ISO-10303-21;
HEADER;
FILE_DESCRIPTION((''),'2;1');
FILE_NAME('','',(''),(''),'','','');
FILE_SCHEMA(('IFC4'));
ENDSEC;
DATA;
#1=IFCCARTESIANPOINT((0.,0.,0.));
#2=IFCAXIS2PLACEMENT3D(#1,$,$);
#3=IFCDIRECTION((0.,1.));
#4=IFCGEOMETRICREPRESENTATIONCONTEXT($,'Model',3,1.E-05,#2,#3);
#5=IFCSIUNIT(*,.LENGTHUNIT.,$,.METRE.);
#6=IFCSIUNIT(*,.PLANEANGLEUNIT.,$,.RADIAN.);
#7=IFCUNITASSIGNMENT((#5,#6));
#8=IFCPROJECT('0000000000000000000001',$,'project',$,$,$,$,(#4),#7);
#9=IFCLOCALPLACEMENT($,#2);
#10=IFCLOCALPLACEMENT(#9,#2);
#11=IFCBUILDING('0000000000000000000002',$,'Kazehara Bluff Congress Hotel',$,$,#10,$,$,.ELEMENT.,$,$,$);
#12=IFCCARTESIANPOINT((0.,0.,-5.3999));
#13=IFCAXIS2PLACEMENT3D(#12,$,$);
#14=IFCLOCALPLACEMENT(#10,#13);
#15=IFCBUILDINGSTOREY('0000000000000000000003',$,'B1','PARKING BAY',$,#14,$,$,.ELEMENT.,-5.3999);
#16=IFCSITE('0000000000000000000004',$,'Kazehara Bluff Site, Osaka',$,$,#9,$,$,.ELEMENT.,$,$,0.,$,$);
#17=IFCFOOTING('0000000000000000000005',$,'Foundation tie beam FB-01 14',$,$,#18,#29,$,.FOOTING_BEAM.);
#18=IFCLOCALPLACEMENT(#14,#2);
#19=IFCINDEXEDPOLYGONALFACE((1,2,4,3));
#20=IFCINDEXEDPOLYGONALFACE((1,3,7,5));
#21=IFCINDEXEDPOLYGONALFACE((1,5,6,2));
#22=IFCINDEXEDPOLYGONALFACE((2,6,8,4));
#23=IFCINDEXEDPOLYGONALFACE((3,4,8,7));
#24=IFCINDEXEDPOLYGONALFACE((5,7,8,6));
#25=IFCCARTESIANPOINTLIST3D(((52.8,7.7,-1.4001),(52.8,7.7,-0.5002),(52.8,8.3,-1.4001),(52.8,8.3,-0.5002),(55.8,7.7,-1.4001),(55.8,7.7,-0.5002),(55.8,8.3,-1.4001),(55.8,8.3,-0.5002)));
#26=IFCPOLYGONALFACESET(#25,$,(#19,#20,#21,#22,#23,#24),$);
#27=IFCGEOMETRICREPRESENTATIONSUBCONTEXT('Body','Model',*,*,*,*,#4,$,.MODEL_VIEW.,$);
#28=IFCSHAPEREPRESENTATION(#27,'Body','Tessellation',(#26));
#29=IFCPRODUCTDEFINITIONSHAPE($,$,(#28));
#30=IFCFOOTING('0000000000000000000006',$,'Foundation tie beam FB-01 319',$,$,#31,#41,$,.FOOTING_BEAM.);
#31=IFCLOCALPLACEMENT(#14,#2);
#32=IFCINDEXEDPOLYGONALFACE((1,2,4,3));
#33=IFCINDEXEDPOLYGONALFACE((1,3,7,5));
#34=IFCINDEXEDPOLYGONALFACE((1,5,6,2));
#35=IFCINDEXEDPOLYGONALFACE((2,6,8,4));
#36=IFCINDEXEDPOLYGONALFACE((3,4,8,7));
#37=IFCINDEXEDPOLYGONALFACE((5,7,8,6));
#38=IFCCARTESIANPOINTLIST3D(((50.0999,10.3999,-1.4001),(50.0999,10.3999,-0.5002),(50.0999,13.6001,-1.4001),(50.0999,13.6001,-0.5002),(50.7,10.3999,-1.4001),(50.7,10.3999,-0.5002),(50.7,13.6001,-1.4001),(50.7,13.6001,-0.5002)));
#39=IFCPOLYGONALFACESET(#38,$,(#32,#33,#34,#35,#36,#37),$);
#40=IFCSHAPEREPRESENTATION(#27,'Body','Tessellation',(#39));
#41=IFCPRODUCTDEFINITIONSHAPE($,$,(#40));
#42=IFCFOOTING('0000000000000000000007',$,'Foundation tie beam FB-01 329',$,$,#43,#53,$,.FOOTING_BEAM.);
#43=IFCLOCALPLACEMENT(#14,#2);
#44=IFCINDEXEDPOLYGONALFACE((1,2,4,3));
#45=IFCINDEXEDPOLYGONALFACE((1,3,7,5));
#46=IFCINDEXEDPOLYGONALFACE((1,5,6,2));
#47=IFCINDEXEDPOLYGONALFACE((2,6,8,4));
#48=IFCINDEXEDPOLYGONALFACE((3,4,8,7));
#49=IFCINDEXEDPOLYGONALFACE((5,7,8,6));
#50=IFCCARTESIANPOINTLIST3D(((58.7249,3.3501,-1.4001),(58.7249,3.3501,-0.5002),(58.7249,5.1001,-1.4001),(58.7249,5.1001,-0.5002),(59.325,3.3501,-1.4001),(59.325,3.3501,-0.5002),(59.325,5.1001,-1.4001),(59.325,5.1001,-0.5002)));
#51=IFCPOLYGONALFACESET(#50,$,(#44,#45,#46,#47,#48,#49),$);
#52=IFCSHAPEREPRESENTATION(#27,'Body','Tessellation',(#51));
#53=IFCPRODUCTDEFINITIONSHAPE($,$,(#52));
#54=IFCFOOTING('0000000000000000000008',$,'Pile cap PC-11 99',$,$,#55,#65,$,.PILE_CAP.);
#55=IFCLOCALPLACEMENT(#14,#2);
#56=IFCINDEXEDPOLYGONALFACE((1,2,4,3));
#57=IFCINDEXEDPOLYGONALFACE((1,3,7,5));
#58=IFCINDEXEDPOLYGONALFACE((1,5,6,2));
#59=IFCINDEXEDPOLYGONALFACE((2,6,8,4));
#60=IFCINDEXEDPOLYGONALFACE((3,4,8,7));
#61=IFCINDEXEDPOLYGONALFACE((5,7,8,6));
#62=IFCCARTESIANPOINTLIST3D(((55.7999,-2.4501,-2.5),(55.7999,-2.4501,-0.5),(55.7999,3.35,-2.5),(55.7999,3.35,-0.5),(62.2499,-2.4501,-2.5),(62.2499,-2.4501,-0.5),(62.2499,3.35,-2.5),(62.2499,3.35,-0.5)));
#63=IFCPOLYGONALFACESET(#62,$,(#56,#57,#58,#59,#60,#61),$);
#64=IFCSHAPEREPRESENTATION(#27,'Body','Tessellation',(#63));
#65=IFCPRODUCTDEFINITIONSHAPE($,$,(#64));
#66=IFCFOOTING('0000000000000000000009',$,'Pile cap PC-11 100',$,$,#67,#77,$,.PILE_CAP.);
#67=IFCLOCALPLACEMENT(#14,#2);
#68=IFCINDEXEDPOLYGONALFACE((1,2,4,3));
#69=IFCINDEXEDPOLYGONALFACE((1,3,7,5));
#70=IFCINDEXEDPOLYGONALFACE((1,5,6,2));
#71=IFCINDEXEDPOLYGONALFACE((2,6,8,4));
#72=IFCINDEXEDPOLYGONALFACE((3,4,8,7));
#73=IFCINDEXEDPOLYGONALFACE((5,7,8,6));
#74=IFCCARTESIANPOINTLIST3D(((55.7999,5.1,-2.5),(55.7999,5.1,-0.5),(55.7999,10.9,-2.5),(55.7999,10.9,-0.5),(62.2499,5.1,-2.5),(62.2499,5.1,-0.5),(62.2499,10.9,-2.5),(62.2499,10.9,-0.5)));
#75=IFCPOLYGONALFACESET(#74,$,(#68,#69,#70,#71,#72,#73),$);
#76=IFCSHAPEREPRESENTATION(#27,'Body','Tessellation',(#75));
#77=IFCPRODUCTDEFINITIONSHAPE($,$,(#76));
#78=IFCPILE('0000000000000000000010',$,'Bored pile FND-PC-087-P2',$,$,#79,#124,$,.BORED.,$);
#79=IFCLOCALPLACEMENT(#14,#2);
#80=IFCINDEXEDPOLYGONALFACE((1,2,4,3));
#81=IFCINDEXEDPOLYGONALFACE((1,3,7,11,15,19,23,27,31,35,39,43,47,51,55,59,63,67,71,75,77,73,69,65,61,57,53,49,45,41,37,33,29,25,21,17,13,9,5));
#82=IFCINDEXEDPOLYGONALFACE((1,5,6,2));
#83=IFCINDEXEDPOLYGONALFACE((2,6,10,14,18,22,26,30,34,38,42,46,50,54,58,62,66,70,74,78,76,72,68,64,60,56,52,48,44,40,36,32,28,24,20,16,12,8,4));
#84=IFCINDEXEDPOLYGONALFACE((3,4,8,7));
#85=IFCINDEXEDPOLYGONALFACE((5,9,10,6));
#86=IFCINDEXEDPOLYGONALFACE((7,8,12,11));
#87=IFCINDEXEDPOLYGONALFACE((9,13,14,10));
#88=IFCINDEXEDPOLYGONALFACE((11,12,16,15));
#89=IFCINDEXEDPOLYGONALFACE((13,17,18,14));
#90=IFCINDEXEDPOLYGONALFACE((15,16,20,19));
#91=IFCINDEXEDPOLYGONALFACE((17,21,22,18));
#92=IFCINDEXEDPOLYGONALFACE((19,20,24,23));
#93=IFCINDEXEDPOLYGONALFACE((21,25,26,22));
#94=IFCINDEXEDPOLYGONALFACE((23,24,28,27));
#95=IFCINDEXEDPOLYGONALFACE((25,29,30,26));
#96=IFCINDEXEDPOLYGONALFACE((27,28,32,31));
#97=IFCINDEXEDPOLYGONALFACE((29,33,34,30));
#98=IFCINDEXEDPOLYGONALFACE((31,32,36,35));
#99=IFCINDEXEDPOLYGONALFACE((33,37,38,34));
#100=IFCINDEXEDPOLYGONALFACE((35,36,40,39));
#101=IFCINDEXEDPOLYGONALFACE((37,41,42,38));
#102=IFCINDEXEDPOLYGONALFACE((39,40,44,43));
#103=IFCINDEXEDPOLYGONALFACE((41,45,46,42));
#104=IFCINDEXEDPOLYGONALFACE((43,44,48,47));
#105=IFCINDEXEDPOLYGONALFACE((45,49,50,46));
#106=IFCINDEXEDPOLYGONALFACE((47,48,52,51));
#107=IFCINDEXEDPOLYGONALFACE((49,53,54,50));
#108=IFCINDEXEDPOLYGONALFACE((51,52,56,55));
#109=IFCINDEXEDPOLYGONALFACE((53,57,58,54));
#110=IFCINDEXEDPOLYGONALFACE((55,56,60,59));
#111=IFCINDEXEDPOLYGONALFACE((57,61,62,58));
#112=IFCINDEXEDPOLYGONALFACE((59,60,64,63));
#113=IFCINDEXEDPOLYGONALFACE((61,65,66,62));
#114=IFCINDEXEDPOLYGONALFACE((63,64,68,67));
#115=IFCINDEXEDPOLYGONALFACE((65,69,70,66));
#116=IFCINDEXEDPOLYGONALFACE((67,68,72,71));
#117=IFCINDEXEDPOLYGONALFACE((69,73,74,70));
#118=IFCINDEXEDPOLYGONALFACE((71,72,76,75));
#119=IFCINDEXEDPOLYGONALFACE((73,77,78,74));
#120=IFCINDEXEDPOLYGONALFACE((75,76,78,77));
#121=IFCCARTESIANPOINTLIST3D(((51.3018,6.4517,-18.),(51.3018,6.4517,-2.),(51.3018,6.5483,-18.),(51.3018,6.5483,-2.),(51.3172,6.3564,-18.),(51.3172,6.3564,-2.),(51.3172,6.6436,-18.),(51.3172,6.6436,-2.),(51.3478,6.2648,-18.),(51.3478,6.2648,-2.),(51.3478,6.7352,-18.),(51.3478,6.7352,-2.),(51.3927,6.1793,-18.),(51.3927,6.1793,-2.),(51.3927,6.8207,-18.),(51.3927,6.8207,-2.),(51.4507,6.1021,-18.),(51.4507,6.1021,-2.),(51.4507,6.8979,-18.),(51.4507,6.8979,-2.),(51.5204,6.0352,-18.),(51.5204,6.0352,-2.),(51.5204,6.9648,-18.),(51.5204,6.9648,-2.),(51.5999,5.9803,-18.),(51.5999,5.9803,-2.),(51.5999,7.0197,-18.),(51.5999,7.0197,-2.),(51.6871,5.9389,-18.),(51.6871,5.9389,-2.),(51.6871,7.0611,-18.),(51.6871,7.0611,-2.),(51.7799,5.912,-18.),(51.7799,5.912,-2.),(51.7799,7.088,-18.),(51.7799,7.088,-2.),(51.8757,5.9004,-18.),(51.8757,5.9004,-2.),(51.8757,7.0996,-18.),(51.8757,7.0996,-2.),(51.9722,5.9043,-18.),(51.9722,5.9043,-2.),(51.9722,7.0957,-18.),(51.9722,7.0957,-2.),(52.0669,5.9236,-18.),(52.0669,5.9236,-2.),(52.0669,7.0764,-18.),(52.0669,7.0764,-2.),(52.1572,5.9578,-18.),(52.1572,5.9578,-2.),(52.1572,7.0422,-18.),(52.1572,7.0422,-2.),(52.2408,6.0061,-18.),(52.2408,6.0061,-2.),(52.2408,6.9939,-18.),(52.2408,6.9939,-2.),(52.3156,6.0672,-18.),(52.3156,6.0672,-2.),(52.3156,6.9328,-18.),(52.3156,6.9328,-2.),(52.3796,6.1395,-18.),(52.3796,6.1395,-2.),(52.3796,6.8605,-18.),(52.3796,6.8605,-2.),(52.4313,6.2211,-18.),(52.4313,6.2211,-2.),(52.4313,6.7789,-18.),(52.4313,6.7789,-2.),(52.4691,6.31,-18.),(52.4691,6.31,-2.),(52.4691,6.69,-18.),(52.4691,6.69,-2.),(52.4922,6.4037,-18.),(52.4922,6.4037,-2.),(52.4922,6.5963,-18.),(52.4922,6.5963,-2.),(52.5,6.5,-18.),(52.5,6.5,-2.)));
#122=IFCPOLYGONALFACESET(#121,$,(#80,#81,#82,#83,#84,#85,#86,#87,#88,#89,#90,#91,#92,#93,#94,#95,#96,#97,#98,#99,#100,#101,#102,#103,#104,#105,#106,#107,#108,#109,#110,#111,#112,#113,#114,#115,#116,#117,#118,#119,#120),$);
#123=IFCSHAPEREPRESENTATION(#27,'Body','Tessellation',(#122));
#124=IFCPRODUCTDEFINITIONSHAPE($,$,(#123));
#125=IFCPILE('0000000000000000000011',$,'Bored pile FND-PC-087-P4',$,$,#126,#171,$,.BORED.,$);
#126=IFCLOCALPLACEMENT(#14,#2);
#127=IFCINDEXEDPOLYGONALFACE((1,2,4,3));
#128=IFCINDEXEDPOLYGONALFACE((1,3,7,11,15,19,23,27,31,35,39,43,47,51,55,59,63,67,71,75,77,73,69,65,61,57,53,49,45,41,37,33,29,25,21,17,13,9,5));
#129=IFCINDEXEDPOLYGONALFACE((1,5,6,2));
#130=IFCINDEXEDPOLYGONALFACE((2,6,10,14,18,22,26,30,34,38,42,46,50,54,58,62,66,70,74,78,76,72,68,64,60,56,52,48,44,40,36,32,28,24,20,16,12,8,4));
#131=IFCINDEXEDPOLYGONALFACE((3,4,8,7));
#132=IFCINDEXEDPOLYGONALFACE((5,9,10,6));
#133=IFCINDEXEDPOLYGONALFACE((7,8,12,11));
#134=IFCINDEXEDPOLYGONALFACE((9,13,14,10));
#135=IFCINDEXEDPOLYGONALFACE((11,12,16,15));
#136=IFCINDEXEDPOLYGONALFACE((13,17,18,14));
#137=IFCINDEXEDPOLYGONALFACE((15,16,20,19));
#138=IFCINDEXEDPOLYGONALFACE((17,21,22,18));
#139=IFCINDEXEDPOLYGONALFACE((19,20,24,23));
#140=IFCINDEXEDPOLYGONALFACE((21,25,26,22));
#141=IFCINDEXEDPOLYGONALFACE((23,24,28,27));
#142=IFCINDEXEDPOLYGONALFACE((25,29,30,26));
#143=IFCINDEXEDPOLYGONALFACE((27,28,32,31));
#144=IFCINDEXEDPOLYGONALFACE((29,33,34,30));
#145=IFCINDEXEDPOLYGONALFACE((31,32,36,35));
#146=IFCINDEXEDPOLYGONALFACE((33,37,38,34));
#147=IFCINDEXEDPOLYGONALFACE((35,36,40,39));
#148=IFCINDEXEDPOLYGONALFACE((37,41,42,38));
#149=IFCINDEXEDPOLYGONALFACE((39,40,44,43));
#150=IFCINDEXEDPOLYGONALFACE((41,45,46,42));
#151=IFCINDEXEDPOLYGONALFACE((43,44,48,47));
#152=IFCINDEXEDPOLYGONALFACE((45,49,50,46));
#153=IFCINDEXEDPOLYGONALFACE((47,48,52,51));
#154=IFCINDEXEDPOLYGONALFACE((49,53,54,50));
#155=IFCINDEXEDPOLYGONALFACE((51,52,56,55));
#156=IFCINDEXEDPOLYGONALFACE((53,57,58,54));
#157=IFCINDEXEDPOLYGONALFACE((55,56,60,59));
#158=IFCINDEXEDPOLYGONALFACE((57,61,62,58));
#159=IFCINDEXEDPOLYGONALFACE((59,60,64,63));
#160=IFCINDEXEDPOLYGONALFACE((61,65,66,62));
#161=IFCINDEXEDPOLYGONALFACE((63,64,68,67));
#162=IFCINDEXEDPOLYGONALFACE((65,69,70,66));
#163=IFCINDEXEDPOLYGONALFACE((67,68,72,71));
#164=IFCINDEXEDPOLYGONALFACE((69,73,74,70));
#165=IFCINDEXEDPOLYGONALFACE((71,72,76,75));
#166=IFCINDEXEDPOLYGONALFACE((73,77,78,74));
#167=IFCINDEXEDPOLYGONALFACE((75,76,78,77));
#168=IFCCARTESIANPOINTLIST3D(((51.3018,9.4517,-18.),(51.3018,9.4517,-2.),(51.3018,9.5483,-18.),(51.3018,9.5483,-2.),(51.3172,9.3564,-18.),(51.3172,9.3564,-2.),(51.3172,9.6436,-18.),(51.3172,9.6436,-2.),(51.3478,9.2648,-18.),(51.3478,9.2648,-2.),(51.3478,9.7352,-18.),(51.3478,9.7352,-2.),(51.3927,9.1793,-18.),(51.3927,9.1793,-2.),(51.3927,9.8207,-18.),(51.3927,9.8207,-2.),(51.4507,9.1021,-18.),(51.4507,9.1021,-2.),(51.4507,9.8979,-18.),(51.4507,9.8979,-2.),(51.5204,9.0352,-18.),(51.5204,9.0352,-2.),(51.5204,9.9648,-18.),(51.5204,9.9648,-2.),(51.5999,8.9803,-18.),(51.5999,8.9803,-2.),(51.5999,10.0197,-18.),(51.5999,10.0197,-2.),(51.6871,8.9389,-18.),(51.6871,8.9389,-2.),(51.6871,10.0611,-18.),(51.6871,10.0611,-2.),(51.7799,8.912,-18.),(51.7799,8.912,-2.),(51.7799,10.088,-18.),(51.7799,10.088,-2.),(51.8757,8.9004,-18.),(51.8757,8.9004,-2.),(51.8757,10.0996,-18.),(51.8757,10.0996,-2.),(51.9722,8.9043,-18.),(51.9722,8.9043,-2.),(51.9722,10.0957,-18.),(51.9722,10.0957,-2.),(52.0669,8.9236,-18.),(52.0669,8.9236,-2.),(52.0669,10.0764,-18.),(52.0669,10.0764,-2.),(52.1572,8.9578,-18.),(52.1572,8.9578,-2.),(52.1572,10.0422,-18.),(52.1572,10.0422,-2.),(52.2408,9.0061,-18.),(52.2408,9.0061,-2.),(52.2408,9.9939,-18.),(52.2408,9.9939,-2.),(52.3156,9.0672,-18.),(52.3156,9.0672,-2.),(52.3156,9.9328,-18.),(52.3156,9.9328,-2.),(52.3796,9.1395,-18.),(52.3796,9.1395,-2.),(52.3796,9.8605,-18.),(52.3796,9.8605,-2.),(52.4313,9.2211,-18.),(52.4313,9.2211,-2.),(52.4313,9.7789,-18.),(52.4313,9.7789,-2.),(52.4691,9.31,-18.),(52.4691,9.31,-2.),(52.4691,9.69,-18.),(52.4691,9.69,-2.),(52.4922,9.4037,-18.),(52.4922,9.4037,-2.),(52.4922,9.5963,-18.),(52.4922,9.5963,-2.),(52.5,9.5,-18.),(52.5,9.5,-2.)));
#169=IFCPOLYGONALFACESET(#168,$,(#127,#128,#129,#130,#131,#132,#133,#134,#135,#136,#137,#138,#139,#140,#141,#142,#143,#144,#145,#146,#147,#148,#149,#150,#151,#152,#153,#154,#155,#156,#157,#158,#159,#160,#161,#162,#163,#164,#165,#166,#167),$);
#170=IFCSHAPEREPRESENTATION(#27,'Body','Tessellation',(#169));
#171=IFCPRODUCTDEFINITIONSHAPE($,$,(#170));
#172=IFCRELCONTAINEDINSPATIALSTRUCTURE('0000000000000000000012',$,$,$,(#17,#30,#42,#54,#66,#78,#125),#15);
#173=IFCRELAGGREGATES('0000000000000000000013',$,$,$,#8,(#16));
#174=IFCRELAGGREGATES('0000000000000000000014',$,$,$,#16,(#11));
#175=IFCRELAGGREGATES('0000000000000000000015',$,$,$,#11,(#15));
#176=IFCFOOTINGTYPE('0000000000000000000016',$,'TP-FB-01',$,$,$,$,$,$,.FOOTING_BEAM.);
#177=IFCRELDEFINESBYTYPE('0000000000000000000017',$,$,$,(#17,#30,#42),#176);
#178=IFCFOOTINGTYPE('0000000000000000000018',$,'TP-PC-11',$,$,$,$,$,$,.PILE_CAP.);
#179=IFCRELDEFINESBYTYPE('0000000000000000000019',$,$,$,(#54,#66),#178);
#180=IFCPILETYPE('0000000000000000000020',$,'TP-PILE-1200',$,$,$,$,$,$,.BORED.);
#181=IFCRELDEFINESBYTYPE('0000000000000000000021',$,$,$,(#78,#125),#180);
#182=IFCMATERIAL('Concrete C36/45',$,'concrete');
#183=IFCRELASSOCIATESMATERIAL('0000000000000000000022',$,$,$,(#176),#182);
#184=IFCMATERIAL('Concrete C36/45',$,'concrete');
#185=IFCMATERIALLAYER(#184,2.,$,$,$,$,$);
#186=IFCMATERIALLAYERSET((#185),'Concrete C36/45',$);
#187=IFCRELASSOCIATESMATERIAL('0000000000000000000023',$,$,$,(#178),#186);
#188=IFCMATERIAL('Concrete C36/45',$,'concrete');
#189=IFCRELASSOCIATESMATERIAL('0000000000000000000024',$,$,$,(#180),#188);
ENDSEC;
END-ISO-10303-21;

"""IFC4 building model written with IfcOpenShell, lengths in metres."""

from ifc_helpers import new_model, si_unit, direction, frame, origin, origin_2d, place, context, subcontext, project, spatial, rectangle, circle, extrude, material, layer, layer_set, material_profile, profile_set, type_object, element, save


model = new_model("IFC4")

# Units and contexts
model_context = context("Model", 3, precision=1e-05, world=origin(), true_north=direction((0.0, 1.0)))
body_context = subcontext(model_context, "Body", "Model", "MODEL_VIEW")
ifc_project = project(units=[si_unit("LENGTHUNIT", "METRE"), si_unit("PLANEANGLEUNIT", "RADIAN")], contexts=[model_context])

# Site, building, storey
site_placement = place(None, origin())
site = spatial("IfcSite", under=ifc_project, at=site_placement, Name="Kazehara Bluff Site, Osaka", CompositionType="ELEMENT", RefElevation=0.0)
building_placement = place(site_placement, origin())
building = spatial("IfcBuilding", under=site, at=building_placement, Name="Kazehara Bluff Congress Hotel", CompositionType="ELEMENT")
storey_placement = place(building_placement, frame((0.0, 0.0, -5.3999)))
storey = spatial("IfcBuildingStorey", under=building, at=storey_placement, Name="B1", Description="PARKING BAY", CompositionType="ELEMENT", Elevation=-5.3999)

# Footings
ifc_material_1 = material(Name="Concrete C36/45", Category="concrete")
ifc_material_profile_1 = material_profile(ifc_material_1, rectangle(XDim=0.6001, YDim=0.8999, at=origin_2d()))
ifc_profile_set_1 = profile_set([ifc_material_profile_1], Name="Concrete C36/45")
footing_type_1 = type_object("IfcFootingType", Name="TP-FB-01", PredefinedType="FOOTING_BEAM", material=ifc_profile_set_1)
footing_1_placement = place(storey_placement, frame((52.8, 8.0, -0.9502), z_axis=(1.0, 0.0, 0.0), x_axis=(0.0, 1.0, 0.0)))
element("IfcFooting", 1, at=footing_1_placement, inside=storey, type_object=footing_type_1, Name="Foundation tie beam FB-01 14", PredefinedType="FOOTING_BEAM", context=body_context, shape_type="SweptSolid", body=[
    extrude(rectangle(XDim=0.6001, YDim=0.8999, at=origin_2d()), origin(), (0.0, 0.0, 1.0), 3.0),
])
footing_2_placement = place(storey_placement, frame((50.3999, 10.3999, -0.9502), z_axis=(0.0, 1.0, 0.0), x_axis=(-1.0, 0.0, 0.0)))
element("IfcFooting", 2, at=footing_2_placement, inside=storey, type_object=footing_type_1, Name="Foundation tie beam FB-01 319", PredefinedType="FOOTING_BEAM", context=body_context, shape_type="SweptSolid", body=[
    extrude(rectangle(XDim=0.6001, YDim=0.8999, at=origin_2d()), origin(), (0.0, 0.0, 1.0), 3.2002),
])
footing_3_placement = place(storey_placement, frame((59.0249, 3.3501, -0.9502), z_axis=(0.0, 1.0, 0.0), x_axis=(-1.0, 0.0, 0.0)))
element("IfcFooting", 3, at=footing_3_placement, inside=storey, type_object=footing_type_1, Name="Foundation tie beam FB-01 329", PredefinedType="FOOTING_BEAM", context=body_context, shape_type="SweptSolid", body=[
    extrude(rectangle(XDim=0.6001, YDim=0.8999, at=origin_2d()), origin(), (0.0, 0.0, 1.0), 1.75),
])
ifc_material_2 = material(Name="Concrete C36/45", Category="concrete")
ifc_layer_1 = layer(ifc_material_2, 2.0)
ifc_layer_set_1 = layer_set([ifc_layer_1], Name="Concrete C36/45")
footing_type_2 = type_object("IfcFootingType", Name="TP-PC-11", PredefinedType="PILE_CAP", material=ifc_layer_set_1)
for number, where, z_axis, x_axis, name in (
    (4, (59.0249, 0.45, -2.5), (0.0, 0.0, 1.0), (1.0, 0.0, 0.0), "Pile cap PC-11 99"),
    (5, (59.0249, 8.0, -2.5), (0.0, 0.0, 1.0), (1.0, 0.0, 0.0), "Pile cap PC-11 100"),
):
    element("IfcFooting", number, at=place(storey_placement, frame(where, z_axis=z_axis, x_axis=x_axis)), inside=storey, type_object=footing_type_2, Name=name, PredefinedType="PILE_CAP", context=body_context, shape_type="SweptSolid", body=[
        extrude(rectangle(XDim=6.45, YDim=5.8, at=origin_2d()), origin(), (0.0, 0.0, 1.0), 2.0),
    ])

# Piles
ifc_material_3 = material(Name="Concrete C36/45", Category="concrete")
ifc_material_profile_2 = material_profile(ifc_material_3, circle(Radius=0.6001, at=origin_2d()))
ifc_profile_set_2 = profile_set([ifc_material_profile_2], Name="Concrete C36/45")
pile_type_1 = type_object("IfcPileType", Name="TP-PILE-1200", PredefinedType="BORED", material=ifc_profile_set_2)
for number, where, z_axis, x_axis, name in (
    (6, (51.8999, 6.5, -2.0), (0.0, 0.0, -1.0), (1.0, 0.0, 0.0), "Bored pile FND-PC-087-P2"),
    (7, (51.8999, 9.5, -2.0), (0.0, 0.0, -1.0), (1.0, 0.0, 0.0), "Bored pile FND-PC-087-P4"),
):
    element("IfcPile", number, at=place(storey_placement, frame(where, z_axis=z_axis, x_axis=x_axis)), inside=storey, type_object=pile_type_1, Name=name, PredefinedType="BORED", context=body_context, shape_type="SweptSolid", body=[
        extrude(circle(Radius=0.6001, at=origin_2d()), origin(), (0.0, 0.0, 1.0), 16.0),
    ])

save(model, "model.ifc")
